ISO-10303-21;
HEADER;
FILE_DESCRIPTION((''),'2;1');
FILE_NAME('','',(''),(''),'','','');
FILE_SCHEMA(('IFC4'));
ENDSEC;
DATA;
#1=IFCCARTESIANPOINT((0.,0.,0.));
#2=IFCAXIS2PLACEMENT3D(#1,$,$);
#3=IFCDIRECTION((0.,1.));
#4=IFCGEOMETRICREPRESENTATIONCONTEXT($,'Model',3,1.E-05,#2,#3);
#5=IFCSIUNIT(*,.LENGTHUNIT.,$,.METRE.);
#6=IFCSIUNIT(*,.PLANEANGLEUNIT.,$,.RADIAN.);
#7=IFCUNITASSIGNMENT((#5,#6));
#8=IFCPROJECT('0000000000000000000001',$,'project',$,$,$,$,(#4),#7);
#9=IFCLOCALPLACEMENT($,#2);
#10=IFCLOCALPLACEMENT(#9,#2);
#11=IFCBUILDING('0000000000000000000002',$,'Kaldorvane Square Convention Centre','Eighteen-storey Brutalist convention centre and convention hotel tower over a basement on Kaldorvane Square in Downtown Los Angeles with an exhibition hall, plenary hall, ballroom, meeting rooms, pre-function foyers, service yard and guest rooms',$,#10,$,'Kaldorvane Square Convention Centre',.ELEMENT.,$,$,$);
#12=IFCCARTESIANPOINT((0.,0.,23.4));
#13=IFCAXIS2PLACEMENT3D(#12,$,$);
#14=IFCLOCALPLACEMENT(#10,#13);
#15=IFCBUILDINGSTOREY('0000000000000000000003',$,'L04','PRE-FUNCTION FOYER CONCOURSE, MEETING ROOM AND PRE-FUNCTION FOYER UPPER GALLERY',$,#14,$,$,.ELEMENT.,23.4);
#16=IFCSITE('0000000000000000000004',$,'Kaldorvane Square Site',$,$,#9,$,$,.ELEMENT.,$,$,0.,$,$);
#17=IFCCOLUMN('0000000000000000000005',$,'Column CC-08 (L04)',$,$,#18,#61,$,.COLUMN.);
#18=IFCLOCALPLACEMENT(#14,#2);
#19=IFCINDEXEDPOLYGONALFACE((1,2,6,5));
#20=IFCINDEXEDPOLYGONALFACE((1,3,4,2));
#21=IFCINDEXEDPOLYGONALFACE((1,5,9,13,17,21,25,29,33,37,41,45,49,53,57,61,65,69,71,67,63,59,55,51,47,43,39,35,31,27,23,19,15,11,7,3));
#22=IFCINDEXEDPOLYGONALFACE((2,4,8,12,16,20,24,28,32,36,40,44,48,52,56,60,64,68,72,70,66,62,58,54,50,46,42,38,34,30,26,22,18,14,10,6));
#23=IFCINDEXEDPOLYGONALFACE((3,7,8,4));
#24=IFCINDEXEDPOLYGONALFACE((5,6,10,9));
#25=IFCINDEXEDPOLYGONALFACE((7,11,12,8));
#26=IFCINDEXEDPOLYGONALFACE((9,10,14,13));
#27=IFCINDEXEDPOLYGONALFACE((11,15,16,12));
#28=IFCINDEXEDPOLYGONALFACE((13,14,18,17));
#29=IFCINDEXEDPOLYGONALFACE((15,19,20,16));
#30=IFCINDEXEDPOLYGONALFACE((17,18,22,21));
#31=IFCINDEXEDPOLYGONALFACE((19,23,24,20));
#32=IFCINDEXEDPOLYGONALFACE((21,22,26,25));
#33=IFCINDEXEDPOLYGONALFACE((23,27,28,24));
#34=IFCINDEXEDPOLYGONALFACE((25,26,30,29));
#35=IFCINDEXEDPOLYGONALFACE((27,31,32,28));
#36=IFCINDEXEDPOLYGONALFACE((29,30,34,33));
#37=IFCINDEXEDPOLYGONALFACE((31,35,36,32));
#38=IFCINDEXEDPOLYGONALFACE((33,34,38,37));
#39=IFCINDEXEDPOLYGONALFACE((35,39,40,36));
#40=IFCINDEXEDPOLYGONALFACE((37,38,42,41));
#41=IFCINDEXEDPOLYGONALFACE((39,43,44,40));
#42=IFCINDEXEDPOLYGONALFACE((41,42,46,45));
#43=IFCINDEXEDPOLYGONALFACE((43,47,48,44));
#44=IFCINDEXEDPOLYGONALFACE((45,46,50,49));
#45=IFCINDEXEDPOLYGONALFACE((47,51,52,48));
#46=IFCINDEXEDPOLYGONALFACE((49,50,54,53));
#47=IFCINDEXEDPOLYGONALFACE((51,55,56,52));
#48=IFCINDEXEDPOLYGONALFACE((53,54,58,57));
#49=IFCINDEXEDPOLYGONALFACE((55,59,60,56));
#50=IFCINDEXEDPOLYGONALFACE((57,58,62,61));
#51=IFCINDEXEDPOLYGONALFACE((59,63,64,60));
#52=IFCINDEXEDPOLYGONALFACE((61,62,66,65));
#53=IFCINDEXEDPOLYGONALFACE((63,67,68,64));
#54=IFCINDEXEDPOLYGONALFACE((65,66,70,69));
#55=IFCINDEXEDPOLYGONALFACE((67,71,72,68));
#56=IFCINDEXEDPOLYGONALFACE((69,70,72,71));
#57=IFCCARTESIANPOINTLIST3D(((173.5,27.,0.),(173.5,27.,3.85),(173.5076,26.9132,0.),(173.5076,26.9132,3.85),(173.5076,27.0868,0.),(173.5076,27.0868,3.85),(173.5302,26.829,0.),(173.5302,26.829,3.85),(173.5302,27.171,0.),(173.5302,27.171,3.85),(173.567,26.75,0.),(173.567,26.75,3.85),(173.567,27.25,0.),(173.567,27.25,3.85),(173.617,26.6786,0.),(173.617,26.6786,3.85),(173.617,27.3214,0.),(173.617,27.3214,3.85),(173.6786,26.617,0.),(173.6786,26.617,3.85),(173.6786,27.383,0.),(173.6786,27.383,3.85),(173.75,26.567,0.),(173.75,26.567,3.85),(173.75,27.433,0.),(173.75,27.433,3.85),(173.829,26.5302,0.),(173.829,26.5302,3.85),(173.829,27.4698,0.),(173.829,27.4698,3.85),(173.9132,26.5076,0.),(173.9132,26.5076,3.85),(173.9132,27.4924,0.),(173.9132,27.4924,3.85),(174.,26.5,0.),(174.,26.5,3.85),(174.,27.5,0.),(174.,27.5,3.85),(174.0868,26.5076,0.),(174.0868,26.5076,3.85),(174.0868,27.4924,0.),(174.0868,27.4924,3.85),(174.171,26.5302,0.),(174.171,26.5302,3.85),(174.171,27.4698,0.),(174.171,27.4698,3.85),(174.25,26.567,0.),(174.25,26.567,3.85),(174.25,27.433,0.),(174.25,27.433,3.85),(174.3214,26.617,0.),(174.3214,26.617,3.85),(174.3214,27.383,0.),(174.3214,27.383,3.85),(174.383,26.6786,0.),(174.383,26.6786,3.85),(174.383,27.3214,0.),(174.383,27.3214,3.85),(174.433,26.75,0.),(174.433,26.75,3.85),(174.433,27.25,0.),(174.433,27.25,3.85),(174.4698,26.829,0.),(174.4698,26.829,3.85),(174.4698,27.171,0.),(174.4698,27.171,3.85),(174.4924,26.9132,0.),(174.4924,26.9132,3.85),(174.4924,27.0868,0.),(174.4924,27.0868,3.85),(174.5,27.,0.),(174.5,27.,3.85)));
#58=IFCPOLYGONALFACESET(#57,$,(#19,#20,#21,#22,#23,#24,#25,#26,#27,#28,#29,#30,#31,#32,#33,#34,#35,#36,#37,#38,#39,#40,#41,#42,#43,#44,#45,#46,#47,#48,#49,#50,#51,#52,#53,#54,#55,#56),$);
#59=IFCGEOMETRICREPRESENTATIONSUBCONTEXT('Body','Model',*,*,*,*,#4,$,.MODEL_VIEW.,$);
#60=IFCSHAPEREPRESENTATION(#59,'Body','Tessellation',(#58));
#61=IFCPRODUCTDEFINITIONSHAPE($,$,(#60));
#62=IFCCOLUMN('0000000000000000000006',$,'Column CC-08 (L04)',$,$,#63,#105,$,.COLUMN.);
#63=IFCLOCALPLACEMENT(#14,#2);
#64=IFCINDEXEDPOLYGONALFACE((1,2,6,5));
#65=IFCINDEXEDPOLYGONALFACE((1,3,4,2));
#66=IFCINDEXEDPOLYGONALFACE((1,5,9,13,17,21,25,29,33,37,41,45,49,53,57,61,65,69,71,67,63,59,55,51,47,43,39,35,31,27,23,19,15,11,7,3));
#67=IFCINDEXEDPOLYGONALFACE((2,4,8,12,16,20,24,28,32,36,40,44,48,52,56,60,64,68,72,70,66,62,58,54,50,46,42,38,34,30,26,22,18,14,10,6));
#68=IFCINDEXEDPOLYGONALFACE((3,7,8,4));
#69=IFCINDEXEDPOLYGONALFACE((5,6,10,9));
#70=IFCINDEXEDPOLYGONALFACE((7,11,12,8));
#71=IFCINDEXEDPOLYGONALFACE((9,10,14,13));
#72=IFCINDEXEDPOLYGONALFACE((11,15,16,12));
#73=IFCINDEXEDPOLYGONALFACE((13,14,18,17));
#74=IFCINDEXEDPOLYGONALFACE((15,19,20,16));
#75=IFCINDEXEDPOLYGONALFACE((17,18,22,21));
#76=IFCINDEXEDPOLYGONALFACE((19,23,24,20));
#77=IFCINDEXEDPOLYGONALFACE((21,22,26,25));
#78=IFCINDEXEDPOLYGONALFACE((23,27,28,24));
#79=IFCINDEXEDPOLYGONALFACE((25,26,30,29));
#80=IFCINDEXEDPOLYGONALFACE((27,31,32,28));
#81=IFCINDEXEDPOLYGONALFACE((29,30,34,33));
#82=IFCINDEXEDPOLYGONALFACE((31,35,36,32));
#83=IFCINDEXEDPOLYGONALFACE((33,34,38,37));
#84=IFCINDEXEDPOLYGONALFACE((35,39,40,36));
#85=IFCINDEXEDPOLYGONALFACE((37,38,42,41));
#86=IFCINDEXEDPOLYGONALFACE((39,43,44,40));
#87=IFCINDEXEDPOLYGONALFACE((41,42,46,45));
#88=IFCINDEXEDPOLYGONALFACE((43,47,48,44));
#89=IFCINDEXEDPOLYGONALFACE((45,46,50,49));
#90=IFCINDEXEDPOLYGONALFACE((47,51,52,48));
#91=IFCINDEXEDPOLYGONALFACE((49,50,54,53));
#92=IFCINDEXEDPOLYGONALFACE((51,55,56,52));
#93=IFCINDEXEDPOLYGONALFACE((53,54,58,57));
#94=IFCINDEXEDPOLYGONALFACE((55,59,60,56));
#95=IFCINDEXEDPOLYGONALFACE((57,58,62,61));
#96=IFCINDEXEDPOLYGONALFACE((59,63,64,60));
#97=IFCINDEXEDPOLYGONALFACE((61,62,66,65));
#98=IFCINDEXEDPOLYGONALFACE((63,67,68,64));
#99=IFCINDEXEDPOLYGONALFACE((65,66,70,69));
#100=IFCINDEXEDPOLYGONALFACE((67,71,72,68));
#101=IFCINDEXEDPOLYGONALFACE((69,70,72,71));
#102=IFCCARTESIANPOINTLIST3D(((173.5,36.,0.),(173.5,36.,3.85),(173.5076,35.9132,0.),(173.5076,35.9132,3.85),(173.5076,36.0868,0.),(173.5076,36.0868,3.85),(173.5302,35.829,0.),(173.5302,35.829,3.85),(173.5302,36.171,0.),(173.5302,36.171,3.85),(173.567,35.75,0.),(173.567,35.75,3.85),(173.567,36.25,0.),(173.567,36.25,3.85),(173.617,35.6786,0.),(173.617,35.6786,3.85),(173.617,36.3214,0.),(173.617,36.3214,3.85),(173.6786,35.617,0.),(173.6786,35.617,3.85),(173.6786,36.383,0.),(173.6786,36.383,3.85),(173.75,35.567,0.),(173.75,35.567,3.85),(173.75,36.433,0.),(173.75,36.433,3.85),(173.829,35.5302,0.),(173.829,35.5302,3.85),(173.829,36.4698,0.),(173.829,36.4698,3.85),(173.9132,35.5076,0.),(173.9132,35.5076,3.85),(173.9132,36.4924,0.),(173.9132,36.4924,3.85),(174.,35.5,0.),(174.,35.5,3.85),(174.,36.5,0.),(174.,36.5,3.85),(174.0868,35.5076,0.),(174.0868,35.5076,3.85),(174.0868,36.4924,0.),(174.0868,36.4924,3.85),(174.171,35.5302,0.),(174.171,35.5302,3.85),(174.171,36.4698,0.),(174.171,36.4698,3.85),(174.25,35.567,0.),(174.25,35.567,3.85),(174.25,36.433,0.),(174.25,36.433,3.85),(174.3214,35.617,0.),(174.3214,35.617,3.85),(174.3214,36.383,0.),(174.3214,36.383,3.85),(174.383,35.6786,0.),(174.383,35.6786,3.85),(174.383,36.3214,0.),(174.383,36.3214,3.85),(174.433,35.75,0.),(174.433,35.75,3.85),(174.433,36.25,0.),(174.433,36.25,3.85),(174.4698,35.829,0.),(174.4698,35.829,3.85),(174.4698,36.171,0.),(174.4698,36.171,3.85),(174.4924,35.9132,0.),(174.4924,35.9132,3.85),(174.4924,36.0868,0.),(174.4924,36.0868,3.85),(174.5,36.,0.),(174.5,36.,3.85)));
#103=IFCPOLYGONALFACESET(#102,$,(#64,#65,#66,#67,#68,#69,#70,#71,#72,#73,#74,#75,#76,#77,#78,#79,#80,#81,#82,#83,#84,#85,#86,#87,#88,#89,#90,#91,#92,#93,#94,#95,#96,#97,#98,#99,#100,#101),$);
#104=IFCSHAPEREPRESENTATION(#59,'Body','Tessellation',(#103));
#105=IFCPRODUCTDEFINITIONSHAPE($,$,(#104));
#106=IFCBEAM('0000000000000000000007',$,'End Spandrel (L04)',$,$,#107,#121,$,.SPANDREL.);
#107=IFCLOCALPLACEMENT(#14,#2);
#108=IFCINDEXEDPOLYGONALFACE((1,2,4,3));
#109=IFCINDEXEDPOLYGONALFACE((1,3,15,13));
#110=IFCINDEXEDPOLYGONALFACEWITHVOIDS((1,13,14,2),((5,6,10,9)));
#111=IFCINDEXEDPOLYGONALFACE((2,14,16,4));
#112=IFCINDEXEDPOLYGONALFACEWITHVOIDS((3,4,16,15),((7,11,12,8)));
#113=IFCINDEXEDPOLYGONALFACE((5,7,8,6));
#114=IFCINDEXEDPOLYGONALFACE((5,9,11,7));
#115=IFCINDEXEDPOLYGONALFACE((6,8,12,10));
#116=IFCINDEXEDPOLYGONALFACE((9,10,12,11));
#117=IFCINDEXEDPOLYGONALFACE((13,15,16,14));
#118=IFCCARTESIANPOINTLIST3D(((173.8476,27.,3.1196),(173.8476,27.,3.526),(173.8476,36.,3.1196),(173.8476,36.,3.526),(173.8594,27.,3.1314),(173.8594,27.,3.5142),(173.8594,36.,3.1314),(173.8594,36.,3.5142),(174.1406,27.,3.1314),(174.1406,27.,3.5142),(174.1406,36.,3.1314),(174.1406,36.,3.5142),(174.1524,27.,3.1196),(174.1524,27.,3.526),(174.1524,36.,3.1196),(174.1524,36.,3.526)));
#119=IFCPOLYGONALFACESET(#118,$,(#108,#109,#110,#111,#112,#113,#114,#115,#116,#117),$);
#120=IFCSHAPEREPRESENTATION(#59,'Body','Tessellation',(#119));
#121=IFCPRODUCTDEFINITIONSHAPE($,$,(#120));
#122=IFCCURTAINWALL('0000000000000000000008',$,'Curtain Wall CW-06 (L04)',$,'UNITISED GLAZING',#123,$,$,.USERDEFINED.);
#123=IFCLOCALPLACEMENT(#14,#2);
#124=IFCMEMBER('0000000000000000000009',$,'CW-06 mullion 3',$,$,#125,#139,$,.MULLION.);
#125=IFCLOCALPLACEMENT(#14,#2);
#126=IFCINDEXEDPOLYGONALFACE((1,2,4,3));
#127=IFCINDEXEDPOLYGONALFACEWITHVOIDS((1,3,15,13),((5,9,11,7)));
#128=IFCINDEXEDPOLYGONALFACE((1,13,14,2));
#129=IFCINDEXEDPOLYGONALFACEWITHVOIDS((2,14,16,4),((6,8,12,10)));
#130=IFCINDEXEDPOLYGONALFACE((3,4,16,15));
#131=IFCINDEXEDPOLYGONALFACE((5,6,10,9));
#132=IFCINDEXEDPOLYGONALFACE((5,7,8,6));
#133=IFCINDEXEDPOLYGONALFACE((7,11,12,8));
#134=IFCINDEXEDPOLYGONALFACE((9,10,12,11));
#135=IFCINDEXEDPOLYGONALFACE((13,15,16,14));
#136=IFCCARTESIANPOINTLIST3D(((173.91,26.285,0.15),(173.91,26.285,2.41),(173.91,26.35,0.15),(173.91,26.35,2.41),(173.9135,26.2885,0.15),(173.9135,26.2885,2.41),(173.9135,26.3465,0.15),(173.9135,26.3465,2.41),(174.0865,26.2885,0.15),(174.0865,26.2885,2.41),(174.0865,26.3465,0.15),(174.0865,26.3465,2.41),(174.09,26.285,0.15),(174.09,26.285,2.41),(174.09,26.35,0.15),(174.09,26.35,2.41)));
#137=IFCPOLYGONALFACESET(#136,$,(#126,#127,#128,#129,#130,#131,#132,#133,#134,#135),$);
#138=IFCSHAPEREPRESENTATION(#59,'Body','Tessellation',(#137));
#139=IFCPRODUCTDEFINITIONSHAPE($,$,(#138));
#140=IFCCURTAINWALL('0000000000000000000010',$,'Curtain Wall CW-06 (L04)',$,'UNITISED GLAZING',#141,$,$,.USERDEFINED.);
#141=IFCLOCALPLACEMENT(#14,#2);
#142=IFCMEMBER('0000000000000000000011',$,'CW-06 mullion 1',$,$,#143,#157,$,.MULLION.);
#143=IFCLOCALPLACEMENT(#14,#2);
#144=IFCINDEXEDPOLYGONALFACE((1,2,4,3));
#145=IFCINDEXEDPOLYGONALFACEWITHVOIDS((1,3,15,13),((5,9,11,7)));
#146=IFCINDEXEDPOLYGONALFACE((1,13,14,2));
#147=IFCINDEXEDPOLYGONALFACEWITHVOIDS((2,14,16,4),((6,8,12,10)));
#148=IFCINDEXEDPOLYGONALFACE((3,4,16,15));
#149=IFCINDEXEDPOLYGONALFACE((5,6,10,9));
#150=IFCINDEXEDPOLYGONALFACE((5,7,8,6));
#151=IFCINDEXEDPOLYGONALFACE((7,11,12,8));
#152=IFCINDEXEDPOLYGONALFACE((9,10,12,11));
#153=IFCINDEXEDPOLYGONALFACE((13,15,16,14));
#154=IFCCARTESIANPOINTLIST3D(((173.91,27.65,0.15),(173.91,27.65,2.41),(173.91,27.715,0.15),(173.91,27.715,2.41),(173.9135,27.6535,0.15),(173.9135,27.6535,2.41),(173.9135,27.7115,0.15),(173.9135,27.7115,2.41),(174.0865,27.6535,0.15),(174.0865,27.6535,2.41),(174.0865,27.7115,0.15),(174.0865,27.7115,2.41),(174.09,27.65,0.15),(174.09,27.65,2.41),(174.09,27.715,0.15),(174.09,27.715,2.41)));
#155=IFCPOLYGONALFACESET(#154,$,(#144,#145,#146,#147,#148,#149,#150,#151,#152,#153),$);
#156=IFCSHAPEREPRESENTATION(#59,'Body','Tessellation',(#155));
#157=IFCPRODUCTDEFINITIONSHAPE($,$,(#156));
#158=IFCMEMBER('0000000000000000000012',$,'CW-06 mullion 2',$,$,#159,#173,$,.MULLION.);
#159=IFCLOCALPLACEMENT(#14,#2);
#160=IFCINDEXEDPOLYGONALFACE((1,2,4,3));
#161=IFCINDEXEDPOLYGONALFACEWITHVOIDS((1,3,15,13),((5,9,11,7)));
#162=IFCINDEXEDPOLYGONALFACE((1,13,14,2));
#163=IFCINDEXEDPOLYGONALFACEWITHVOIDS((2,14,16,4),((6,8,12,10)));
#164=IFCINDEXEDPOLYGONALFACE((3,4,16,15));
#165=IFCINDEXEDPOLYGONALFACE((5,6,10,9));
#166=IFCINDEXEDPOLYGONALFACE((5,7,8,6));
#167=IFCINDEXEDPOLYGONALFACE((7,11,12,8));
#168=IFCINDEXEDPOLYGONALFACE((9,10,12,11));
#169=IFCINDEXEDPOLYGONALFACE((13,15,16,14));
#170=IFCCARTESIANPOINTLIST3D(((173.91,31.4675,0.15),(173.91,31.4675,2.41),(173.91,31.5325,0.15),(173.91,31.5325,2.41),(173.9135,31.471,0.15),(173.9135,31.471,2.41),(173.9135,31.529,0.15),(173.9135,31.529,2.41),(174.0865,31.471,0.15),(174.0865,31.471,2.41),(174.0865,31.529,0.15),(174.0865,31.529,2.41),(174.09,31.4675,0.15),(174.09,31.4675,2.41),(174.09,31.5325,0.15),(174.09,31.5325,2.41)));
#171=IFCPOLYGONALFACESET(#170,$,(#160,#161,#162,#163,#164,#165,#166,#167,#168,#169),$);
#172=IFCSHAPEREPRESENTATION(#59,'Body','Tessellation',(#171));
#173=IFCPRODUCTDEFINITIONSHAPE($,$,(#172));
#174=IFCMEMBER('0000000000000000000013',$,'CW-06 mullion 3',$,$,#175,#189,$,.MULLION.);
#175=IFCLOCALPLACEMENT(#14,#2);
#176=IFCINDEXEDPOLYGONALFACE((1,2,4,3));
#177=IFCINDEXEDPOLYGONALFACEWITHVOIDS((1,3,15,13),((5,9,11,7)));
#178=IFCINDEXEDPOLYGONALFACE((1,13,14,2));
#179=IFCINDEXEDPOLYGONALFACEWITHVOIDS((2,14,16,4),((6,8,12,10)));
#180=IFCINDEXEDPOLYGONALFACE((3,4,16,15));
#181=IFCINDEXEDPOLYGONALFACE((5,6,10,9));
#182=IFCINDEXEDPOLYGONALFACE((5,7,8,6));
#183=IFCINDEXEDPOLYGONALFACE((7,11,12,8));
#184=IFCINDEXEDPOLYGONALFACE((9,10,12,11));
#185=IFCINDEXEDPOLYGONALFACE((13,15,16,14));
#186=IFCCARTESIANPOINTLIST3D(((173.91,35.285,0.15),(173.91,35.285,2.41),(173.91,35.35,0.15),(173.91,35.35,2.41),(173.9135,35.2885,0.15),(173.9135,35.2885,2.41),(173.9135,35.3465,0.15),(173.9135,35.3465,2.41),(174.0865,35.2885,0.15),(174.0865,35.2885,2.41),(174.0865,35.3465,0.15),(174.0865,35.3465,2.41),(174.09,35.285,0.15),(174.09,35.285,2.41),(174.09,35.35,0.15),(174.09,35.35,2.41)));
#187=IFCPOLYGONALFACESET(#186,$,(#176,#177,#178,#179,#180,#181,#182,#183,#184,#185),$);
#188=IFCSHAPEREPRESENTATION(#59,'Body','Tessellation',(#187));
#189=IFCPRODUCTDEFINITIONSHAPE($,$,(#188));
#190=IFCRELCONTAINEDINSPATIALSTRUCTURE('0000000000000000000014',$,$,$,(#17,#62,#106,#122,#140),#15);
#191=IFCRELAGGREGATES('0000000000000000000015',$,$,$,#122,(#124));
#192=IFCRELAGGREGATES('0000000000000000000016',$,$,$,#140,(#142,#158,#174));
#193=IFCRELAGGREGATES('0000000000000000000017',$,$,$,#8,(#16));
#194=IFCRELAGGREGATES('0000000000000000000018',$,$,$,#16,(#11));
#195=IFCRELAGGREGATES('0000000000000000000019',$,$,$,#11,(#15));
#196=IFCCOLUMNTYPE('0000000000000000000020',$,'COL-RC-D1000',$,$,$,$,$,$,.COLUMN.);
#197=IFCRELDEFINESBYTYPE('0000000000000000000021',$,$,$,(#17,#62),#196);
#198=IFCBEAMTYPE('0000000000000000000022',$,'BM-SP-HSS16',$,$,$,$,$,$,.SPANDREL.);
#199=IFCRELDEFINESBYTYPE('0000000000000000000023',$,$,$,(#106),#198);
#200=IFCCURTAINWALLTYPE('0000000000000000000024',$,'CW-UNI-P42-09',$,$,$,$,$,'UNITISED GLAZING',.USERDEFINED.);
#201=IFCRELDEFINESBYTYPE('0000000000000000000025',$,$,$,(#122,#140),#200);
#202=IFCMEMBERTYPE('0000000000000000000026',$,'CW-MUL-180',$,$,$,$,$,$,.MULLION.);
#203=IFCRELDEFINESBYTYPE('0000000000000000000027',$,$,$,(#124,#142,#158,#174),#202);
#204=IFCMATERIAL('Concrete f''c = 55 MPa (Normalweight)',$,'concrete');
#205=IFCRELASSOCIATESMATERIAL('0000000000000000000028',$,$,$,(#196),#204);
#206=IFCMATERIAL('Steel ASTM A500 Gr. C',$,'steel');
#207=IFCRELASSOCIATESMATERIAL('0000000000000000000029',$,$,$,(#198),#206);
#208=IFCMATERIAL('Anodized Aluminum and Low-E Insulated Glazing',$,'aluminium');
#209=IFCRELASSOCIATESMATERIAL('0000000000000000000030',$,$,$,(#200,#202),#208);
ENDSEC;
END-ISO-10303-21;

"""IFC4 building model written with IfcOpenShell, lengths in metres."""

from ifc_helpers import new_model, si_unit, direction, frame, origin, origin_2d, place, context, subcontext, project, spatial, hollow_rectangle, circle, extrude, material, material_profile, profile_set, type_object, element, aggregate, save


model = new_model("IFC4")

# Units and contexts
model_context = context("Model", 3, precision=1e-05, world=origin(), true_north=direction((0.0, 1.0)))
body_context = subcontext(model_context, "Body", "Model", "MODEL_VIEW")
ifc_project = project(units=[si_unit("LENGTHUNIT", "METRE"), si_unit("PLANEANGLEUNIT", "RADIAN")], contexts=[model_context])

# Site, building, storey
site_placement = place(None, origin())
site = spatial("IfcSite", under=ifc_project, at=site_placement, Name="Kaldorvane Square Site", CompositionType="ELEMENT", RefElevation=0.0)
building_placement = place(site_placement, origin())
building = spatial("IfcBuilding", under=site, at=building_placement, Name="Kaldorvane Square Convention Centre", Description="Eighteen-storey Brutalist convention centre and convention hotel tower over a basement on Kaldorvane Square in Downtown Los Angeles with an exhibition hall, plenary hall, ballroom, meeting rooms, pre-function foyers, service yard and guest rooms", LongName="Kaldorvane Square Convention Centre", CompositionType="ELEMENT")
storey_placement = place(building_placement, frame((0.0, 0.0, 23.4)))
storey = spatial("IfcBuildingStorey", under=building, at=storey_placement, Name="L04", Description="PRE-FUNCTION FOYER CONCOURSE, MEETING ROOM AND PRE-FUNCTION FOYER UPPER GALLERY", CompositionType="ELEMENT", Elevation=23.4)

# Columns
ifc_material_1 = material(Name="Concrete f'c = 55 MPa (Normalweight)", Category="concrete")
ifc_material_profile_1 = material_profile(ifc_material_1, circle(Radius=0.5, at=origin_2d()), Name="RC-D1000")
ifc_profile_set_1 = profile_set([ifc_material_profile_1], Name="Concrete f'c = 55 MPa (Normalweight)")
column_type = type_object("IfcColumnType", Name="COL-RC-D1000", PredefinedType="COLUMN", material=ifc_profile_set_1)
for number, where, z_axis, x_axis, name in (
    (1, (174.0, 27.0, 0.0), (0.0, 0.0, 1.0), (1.0, 0.0, 0.0), "Column CC-08 (L04)"),
    (2, (174.0, 36.0, 0.0), (0.0, 0.0, 1.0), (1.0, 0.0, 0.0), "Column CC-08 (L04)"),
):
    element("IfcColumn", number, at=place(storey_placement, frame(where, z_axis=z_axis, x_axis=x_axis)), inside=storey, type_object=column_type, Name=name, PredefinedType="COLUMN", context=body_context, shape_type="SweptSolid", body=[
        extrude(circle(Radius=0.5, at=origin_2d()), origin(), (0.0, 0.0, 1.0), 3.85),
    ])

# Beam
ifc_material_2 = material(Name="Steel ASTM A500 Gr. C", Category="steel")
ifc_material_profile_2 = material_profile(ifc_material_2, hollow_rectangle(XDim=0.3048, YDim=0.4064, WallThickness=0.0118, at=origin_2d()), Name="HSS16X12X1/2")
ifc_profile_set_2 = profile_set([ifc_material_profile_2], Name="Steel ASTM A500 Gr. C")
beam_type = type_object("IfcBeamType", Name="BM-SP-HSS16", PredefinedType="SPANDREL", material=ifc_profile_set_2)
beam_placement = place(storey_placement, frame((174.0, 27.0, 3.3228), z_axis=(0.0, 1.0, 0.0), x_axis=(-1.0, 0.0, 0.0)))
element("IfcBeam", 3, at=beam_placement, inside=storey, type_object=beam_type, Name="End Spandrel (L04)", PredefinedType="SPANDREL", context=body_context, shape_type="SweptSolid", body=[
    extrude(hollow_rectangle(XDim=0.3048, YDim=0.4064, WallThickness=0.0118, at=origin_2d()), origin(), (0.0, 0.0, 1.0), 9.0),
])

# Curtain wall, member
ifc_material_3 = material(Name="Anodized Aluminum and Low-E Insulated Glazing", Category="aluminium")
curtain_wall_type_1 = type_object("IfcCurtainWallType", Name="CW-UNI-P42-09", ElementType="UNITISED GLAZING", PredefinedType="USERDEFINED", material=ifc_material_3)
curtain_wall_1_placement = place(storey_placement, origin())
curtain_wall_1 = element("IfcCurtainWall", 4, at=curtain_wall_1_placement, inside=storey, type_object=curtain_wall_type_1, Name="Curtain Wall CW-06 (L04)", ObjectType="UNITISED GLAZING", PredefinedType="USERDEFINED")
ifc_material_profile_3 = material_profile(ifc_material_3, hollow_rectangle(XDim=0.065, YDim=0.18, WallThickness=0.0035, at=origin_2d()), Name="CWM-180X65")
ifc_profile_set_3 = profile_set([ifc_material_profile_3], Name="Anodized Aluminum and Low-E Insulated Glazing")
member_type_1 = type_object("IfcMemberType", Name="CW-MUL-180", PredefinedType="MULLION", material=ifc_profile_set_3)
member_1_placement = place(storey_placement, frame((174.0, 26.3175, 0.15), z_axis=(0.0, 0.0, 1.0), x_axis=(0.0, 1.0, 0.0)))
member_1 = element("IfcMember", 5, at=member_1_placement, type_object=member_type_1, Name="CW-06 mullion 3", PredefinedType="MULLION", context=body_context, shape_type="SweptSolid", body=[
    extrude(hollow_rectangle(XDim=0.065, YDim=0.18, WallThickness=0.0035, at=origin_2d()), origin(), (0.0, 0.0, 1.0), 2.26),
])
aggregate(curtain_wall_1, [member_1])

# Curtain wall, members
curtain_wall_2_placement = place(storey_placement, origin())
curtain_wall_2 = element("IfcCurtainWall", 6, at=curtain_wall_2_placement, inside=storey, type_object=curtain_wall_type_1, Name="Curtain Wall CW-06 (L04)", ObjectType="UNITISED GLAZING", PredefinedType="USERDEFINED")
member_2_placement = place(storey_placement, frame((174.0, 27.6825, 0.15), z_axis=(0.0, 0.0, 1.0), x_axis=(0.0, 1.0, 0.0)))
member_2 = element("IfcMember", 7, at=member_2_placement, type_object=member_type_1, Name="CW-06 mullion 1", PredefinedType="MULLION", context=body_context, shape_type="SweptSolid", body=[
    extrude(hollow_rectangle(XDim=0.065, YDim=0.18, WallThickness=0.0035, at=origin_2d()), origin(), (0.0, 0.0, 1.0), 2.26),
])
member_3_placement = place(storey_placement, frame((174.0, 31.5, 0.15), z_axis=(0.0, 0.0, 1.0), x_axis=(0.0, 1.0, 0.0)))
member_3 = element("IfcMember", 8, at=member_3_placement, type_object=member_type_1, Name="CW-06 mullion 2", PredefinedType="MULLION", context=body_context, shape_type="SweptSolid", body=[
    extrude(hollow_rectangle(XDim=0.065, YDim=0.18, WallThickness=0.0035, at=origin_2d()), origin(), (0.0, 0.0, 1.0), 2.26),
])
member_4_placement = place(storey_placement, frame((174.0, 35.3175, 0.15), z_axis=(0.0, 0.0, 1.0), x_axis=(0.0, 1.0, 0.0)))
member_4 = element("IfcMember", 9, at=member_4_placement, type_object=member_type_1, Name="CW-06 mullion 3", PredefinedType="MULLION", context=body_context, shape_type="SweptSolid", body=[
    extrude(hollow_rectangle(XDim=0.065, YDim=0.18, WallThickness=0.0035, at=origin_2d()), origin(), (0.0, 0.0, 1.0), 2.26),
])

aggregate(curtain_wall_2, [member_2, member_3, member_4])

save(model, "model.ifc")
